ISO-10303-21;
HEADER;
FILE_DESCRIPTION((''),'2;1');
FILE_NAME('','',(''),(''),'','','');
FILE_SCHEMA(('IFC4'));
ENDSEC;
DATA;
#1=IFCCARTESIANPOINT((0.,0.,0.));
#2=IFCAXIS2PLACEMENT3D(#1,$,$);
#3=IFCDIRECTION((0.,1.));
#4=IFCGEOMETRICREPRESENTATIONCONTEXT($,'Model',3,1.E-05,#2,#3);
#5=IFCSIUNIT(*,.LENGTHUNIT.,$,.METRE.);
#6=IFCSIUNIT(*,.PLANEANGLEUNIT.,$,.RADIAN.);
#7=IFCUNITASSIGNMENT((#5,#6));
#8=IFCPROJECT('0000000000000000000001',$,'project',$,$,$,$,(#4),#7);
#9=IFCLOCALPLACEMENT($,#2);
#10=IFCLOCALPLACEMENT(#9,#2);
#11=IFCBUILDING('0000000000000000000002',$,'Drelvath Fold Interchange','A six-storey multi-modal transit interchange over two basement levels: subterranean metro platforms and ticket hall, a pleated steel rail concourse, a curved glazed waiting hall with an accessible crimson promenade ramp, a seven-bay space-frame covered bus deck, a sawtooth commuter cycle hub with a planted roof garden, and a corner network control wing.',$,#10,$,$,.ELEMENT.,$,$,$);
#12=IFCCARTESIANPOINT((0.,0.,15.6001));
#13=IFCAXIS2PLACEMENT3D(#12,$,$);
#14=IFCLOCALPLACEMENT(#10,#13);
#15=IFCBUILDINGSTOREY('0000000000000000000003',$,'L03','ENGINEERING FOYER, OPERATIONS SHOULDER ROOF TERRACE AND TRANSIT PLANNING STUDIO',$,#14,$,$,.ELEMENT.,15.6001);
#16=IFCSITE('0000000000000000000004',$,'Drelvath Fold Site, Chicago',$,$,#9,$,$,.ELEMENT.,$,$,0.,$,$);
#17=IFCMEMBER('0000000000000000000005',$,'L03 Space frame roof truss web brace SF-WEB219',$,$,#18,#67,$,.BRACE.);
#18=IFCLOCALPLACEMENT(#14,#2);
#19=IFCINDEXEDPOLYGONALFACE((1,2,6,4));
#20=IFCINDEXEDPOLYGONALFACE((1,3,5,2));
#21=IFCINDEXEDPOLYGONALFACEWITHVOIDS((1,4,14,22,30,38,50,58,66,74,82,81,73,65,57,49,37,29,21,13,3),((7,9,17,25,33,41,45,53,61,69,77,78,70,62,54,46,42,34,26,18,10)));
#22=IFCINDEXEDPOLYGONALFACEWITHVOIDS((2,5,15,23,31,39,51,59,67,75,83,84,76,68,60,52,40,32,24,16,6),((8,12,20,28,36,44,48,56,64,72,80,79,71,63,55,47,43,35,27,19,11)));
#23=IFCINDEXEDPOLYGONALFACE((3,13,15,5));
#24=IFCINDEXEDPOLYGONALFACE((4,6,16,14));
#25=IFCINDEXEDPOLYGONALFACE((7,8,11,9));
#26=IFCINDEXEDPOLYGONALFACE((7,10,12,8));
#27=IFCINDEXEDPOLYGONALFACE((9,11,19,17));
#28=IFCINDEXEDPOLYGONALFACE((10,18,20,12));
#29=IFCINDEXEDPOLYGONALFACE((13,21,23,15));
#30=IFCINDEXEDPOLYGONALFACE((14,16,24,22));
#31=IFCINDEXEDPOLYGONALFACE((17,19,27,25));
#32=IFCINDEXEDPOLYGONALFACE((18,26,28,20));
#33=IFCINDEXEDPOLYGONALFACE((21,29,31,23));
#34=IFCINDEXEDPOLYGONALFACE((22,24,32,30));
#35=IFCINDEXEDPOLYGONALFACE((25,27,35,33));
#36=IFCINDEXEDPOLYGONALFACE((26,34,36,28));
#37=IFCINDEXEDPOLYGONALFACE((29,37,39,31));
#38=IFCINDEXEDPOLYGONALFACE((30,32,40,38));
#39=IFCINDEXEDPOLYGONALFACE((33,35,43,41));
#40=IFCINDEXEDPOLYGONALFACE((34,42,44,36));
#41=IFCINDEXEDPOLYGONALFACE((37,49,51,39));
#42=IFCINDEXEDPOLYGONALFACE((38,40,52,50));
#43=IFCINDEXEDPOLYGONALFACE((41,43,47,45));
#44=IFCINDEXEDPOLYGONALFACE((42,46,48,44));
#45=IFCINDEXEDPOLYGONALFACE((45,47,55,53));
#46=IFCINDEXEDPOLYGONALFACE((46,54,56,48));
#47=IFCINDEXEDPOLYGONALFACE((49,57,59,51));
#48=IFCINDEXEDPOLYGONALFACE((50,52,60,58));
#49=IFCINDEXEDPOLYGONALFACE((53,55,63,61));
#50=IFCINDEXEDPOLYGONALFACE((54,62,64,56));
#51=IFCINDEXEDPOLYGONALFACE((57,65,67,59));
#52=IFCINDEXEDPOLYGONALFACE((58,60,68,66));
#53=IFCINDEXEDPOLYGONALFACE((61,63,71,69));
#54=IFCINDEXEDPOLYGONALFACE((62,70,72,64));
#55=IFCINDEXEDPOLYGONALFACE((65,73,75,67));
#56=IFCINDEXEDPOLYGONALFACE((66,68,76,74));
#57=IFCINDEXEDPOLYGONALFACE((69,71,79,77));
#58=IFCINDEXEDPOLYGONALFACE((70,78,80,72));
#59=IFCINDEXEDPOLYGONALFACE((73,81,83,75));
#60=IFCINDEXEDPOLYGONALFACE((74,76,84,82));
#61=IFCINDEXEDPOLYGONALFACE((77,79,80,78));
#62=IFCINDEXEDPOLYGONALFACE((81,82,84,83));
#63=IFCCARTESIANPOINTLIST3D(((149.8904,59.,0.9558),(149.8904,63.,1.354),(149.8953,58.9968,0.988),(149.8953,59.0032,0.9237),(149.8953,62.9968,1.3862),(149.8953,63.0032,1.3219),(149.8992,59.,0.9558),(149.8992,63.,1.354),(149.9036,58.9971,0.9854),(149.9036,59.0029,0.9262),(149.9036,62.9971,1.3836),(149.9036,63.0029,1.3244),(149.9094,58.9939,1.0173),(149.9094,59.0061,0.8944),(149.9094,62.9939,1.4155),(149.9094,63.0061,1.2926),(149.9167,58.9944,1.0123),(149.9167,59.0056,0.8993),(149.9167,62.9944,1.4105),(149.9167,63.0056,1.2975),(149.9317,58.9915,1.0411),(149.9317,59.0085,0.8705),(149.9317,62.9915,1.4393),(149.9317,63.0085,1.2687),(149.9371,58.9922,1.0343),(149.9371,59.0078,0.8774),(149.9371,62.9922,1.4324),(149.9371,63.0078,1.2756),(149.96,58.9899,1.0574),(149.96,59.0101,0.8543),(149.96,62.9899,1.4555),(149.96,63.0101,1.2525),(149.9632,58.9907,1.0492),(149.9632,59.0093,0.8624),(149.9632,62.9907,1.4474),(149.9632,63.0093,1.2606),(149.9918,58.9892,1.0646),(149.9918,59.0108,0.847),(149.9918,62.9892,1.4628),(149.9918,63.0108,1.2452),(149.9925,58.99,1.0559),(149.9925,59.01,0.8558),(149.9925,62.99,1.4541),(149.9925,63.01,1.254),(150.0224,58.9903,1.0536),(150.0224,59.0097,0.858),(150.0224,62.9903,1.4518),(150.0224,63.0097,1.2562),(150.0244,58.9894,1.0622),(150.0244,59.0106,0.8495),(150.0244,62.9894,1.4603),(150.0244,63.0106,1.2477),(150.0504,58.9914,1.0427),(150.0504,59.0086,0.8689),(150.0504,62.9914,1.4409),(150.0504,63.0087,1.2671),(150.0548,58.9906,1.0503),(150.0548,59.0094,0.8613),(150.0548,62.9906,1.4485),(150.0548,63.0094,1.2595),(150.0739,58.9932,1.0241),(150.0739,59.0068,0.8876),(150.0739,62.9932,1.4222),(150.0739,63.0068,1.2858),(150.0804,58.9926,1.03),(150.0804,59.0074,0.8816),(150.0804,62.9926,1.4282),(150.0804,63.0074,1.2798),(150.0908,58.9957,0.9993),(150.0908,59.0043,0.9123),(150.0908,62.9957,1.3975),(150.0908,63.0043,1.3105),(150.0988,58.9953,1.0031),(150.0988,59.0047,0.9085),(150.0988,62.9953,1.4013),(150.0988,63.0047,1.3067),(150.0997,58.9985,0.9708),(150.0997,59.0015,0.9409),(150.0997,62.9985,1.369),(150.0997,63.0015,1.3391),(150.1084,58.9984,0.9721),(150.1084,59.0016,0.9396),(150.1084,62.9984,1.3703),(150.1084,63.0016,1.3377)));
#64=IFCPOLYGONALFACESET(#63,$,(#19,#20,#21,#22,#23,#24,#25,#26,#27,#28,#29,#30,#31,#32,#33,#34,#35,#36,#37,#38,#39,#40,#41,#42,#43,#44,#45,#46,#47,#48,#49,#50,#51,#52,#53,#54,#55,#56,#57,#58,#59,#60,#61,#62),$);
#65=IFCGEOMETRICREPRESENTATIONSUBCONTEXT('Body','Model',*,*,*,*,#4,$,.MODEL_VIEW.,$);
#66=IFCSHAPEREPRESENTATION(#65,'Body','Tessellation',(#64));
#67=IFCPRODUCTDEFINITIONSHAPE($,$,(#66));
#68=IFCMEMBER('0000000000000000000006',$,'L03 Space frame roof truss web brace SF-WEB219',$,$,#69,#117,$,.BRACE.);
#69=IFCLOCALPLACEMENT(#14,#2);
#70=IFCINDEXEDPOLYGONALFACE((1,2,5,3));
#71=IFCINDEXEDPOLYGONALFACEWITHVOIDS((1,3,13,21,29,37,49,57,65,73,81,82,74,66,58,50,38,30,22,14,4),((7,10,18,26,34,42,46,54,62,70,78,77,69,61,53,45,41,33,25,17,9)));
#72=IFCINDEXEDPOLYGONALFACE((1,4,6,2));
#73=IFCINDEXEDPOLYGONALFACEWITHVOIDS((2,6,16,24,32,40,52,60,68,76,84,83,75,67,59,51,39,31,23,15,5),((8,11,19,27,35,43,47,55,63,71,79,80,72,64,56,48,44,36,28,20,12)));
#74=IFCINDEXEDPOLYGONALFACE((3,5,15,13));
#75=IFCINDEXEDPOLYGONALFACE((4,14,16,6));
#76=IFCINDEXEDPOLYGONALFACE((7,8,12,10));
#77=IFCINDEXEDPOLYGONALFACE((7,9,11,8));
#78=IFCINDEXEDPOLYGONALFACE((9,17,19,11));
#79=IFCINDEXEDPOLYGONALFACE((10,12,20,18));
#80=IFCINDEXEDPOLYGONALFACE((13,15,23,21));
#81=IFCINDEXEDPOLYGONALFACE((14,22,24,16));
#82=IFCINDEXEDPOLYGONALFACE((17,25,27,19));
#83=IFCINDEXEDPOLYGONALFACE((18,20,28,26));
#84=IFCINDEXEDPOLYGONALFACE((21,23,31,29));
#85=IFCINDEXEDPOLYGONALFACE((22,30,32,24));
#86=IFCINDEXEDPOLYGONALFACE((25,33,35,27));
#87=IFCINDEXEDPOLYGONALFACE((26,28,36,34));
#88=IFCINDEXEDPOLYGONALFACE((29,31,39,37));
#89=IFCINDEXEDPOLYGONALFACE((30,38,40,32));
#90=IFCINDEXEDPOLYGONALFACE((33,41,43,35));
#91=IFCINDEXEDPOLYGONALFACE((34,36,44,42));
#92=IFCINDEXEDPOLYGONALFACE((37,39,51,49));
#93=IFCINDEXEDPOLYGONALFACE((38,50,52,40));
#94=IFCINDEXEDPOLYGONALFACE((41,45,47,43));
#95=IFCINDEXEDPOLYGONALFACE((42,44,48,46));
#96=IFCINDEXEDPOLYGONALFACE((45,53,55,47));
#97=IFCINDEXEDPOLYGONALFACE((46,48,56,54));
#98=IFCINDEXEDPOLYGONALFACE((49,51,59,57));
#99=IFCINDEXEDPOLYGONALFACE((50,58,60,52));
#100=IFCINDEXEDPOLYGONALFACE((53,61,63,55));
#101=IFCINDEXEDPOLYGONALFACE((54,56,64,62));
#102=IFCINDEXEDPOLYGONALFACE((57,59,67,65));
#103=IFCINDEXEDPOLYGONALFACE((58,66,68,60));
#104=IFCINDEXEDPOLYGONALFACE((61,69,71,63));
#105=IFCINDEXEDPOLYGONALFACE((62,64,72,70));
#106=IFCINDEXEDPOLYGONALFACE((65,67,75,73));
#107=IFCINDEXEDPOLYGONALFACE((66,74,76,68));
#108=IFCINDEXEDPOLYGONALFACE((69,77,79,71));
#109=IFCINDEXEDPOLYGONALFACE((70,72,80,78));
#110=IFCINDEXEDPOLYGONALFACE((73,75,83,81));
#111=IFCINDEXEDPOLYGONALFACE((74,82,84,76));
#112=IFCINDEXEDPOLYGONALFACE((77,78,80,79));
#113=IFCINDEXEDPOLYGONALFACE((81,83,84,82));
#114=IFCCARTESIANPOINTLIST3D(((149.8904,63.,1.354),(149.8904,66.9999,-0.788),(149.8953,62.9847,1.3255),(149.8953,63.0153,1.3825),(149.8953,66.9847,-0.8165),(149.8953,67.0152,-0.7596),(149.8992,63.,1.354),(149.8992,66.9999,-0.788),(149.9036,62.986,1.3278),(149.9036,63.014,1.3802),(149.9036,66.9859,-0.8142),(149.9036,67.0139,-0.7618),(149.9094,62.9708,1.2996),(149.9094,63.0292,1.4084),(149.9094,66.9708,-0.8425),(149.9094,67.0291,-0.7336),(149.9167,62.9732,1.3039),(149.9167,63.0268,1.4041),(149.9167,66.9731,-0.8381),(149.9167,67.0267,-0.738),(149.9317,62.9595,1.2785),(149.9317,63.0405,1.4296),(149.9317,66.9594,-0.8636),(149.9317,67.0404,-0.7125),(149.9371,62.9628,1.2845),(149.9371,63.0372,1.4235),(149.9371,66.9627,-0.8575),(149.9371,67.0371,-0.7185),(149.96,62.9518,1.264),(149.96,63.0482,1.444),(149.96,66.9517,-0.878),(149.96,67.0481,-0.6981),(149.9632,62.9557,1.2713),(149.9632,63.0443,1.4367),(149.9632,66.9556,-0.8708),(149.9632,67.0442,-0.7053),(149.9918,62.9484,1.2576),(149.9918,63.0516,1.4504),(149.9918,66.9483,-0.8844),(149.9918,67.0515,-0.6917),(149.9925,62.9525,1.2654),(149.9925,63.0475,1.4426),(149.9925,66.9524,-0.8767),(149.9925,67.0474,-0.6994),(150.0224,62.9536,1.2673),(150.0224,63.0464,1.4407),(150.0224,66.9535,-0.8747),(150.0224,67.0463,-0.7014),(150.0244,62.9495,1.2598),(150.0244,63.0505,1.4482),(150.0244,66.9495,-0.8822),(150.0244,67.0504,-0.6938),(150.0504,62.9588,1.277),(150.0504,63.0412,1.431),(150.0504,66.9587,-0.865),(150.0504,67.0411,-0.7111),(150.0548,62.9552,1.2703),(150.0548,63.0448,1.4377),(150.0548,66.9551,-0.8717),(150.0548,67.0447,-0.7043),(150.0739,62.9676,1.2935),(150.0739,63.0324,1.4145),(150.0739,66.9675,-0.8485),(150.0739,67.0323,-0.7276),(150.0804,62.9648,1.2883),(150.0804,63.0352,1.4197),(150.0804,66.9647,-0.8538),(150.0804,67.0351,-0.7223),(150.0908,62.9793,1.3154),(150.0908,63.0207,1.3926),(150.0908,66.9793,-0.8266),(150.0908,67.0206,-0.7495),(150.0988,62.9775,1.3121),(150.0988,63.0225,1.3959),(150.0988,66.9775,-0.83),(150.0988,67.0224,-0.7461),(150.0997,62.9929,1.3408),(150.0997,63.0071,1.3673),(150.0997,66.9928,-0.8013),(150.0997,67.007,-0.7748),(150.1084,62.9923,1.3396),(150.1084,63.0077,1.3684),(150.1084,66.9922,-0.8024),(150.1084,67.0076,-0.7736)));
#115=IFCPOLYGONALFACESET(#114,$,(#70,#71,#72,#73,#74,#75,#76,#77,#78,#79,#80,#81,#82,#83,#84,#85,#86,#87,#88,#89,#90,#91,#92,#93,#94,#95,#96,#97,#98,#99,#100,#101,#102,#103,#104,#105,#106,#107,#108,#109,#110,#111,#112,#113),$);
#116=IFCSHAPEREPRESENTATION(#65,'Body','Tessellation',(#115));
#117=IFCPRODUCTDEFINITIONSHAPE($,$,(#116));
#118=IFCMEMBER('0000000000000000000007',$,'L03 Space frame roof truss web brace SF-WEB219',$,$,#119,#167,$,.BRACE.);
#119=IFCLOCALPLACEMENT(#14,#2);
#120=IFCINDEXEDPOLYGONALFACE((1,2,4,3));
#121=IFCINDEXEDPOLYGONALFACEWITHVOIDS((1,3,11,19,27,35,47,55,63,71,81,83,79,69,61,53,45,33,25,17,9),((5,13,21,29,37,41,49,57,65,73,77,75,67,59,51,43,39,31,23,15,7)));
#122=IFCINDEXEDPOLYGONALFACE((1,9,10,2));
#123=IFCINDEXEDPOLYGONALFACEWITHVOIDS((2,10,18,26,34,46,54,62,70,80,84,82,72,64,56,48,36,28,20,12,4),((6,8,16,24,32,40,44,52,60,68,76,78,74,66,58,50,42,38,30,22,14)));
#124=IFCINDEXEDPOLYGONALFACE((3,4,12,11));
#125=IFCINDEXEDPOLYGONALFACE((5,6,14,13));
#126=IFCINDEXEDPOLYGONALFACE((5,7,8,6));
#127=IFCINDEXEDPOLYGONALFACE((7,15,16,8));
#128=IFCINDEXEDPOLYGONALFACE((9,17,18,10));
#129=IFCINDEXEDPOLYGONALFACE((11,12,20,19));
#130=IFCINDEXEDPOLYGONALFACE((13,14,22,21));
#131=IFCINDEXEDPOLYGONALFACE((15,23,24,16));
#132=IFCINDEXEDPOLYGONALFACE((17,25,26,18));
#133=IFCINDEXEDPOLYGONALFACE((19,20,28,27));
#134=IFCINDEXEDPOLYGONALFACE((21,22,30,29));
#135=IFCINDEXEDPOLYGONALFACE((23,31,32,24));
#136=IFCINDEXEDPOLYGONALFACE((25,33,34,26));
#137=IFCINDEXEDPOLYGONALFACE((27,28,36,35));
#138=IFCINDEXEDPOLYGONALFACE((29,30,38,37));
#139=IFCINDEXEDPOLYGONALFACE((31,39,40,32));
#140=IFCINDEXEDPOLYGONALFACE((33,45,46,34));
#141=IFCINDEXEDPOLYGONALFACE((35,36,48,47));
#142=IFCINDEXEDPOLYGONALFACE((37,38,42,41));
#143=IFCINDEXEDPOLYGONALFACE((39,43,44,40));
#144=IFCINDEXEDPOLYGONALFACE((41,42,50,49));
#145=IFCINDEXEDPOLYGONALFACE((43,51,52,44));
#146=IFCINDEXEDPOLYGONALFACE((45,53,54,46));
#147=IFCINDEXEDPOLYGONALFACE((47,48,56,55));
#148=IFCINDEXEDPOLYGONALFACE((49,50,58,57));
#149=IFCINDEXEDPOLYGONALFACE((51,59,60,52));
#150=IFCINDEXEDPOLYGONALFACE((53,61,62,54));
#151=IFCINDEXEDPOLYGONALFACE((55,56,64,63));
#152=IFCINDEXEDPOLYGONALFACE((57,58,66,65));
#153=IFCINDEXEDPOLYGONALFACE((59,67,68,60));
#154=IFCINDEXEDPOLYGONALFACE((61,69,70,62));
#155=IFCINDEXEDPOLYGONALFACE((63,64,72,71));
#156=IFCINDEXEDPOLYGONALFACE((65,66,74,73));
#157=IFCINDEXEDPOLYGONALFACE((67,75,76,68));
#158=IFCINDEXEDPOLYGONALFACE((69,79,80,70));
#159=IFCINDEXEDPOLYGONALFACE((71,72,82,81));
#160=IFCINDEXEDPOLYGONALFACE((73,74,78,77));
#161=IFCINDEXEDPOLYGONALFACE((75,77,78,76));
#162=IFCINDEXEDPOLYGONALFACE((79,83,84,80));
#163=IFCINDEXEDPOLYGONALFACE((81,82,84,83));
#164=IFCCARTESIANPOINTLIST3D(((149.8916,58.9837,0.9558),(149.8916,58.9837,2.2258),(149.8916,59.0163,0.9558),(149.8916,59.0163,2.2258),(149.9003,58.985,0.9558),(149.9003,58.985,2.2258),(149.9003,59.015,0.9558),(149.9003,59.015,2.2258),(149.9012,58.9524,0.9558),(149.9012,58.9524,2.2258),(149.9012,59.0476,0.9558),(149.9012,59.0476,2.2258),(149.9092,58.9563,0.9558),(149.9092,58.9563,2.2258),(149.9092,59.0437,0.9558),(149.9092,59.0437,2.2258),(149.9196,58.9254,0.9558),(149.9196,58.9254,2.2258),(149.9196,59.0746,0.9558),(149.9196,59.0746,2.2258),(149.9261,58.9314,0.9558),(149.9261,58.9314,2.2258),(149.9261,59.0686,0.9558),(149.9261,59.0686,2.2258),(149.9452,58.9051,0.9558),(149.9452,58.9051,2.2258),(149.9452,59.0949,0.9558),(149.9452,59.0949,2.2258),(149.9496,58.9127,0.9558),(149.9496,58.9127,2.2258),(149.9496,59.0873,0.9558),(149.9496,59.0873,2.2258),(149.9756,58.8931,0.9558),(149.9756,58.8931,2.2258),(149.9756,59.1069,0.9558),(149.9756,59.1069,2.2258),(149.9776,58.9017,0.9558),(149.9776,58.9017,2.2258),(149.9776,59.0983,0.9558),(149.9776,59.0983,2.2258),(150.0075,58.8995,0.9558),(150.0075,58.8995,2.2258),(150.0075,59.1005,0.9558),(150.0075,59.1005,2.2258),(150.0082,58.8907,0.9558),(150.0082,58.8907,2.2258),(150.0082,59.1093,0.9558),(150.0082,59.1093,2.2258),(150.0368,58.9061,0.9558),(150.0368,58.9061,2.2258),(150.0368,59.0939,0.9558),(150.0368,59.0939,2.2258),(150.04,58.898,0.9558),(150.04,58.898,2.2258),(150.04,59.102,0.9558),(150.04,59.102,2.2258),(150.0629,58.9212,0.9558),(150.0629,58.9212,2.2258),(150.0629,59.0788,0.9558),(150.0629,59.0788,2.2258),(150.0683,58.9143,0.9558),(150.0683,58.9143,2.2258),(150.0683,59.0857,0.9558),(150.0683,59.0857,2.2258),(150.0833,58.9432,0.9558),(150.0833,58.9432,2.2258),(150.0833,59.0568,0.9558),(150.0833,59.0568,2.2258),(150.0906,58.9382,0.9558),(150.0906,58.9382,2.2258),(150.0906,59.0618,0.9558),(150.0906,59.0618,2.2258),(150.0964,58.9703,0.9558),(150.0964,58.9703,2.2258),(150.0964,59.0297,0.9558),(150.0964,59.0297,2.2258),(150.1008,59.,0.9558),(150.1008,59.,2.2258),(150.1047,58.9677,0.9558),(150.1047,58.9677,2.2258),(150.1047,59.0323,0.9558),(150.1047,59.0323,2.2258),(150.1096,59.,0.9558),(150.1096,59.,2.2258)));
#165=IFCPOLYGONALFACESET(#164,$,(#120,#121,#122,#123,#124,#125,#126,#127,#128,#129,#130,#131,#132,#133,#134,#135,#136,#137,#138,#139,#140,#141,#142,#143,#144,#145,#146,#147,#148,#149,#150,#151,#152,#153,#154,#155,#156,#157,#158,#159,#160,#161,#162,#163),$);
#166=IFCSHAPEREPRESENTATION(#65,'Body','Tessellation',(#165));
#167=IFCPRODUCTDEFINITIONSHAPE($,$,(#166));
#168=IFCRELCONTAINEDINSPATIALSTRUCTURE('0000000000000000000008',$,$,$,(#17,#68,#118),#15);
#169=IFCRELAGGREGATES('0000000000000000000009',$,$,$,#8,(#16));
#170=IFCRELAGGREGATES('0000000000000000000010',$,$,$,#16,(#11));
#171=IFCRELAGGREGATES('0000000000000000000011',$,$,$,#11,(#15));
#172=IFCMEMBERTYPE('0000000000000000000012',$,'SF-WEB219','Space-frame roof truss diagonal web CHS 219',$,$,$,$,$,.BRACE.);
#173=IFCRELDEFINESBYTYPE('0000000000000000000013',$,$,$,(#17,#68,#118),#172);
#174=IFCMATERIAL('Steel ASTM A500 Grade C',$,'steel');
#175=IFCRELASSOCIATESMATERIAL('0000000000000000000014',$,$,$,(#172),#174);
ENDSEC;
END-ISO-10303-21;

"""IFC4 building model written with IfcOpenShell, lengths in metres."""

from ifc_helpers import new_model, si_unit, direction, frame, origin, origin_2d, place, context, subcontext, project, spatial, hollow_circle, extrude, material, material_profile, profile_set, type_object, element, save


model = new_model("IFC4")

# Units and contexts
model_context = context("Model", 3, precision=1e-05, world=origin(), true_north=direction((0.0, 1.0)))
body_context = subcontext(model_context, "Body", "Model", "MODEL_VIEW")
ifc_project = project(units=[si_unit("LENGTHUNIT", "METRE"), si_unit("PLANEANGLEUNIT", "RADIAN")], contexts=[model_context])

# Site, building, storey
site_placement = place(None, origin())
site = spatial("IfcSite", under=ifc_project, at=site_placement, Name="Drelvath Fold Site, Chicago", CompositionType="ELEMENT", RefElevation=0.0)
building_placement = place(site_placement, origin())
building = spatial("IfcBuilding", under=site, at=building_placement, Name="Drelvath Fold Interchange", Description="A six-storey multi-modal transit interchange over two basement levels: subterranean metro platforms and ticket hall, a pleated steel rail concourse, a curved glazed waiting hall with an accessible crimson promenade ramp, a seven-bay space-frame covered bus deck, a sawtooth commuter cycle hub with a planted roof garden, and a corner network control wing.", CompositionType="ELEMENT")
storey_placement = place(building_placement, frame((0.0, 0.0, 15.6001)))
storey = spatial("IfcBuildingStorey", under=building, at=storey_placement, Name="L03", Description="ENGINEERING FOYER, OPERATIONS SHOULDER ROOF TERRACE AND TRANSIT PLANNING STUDIO", CompositionType="ELEMENT", Elevation=15.6001)

# Shared definitions
ifc_material_1 = material(Name="Steel ASTM A500 Grade C", Category="steel")

# Members
ifc_material_profile_1 = material_profile(ifc_material_1, hollow_circle(Radius=0.1096, WallThickness=0.0088, at=origin_2d()), Name="HSS8.625X0.375")
ifc_profile_set_1 = profile_set([ifc_material_profile_1], Name="Steel ASTM A500 Grade C")
member_type_1 = type_object("IfcMemberType", Name="SF-WEB219", Description="Space-frame roof truss diagonal web CHS 219", PredefinedType="BRACE", material=ifc_profile_set_1)
member_1_placement = place(storey_placement, frame((150.0, 59.0, 0.9558), z_axis=(0.0, 0.995082, 0.099059), x_axis=(-1.0, 0.0, 0.0)))
element("IfcMember", 1, at=member_1_placement, inside=storey, type_object=member_type_1, Name="L03 Space frame roof truss web brace SF-WEB219", PredefinedType="BRACE", context=body_context, shape_type="SweptSolid", body=[
    extrude(hollow_circle(Radius=0.1096, WallThickness=0.0088, at=origin_2d()), origin(), (0.0, 0.0, 1.0), 4.0198),
])
member_2_placement = place(storey_placement, frame((150.0, 63.0, 1.354), z_axis=(0.0, 0.88155, -0.47209), x_axis=(-1.0, 0.0, 0.0)))
element("IfcMember", 2, at=member_2_placement, inside=storey, type_object=member_type_1, Name="L03 Space frame roof truss web brace SF-WEB219", PredefinedType="BRACE", context=body_context, shape_type="SweptSolid", body=[
    extrude(hollow_circle(Radius=0.1096, WallThickness=0.0088, at=origin_2d()), origin(), (0.0, 0.0, 1.0), 4.5374),
])
member_3_placement = place(storey_placement, frame((150.0, 59.0, 0.9558), z_axis=(0.0, 0.0, 1.0), x_axis=(1.0, 0.0, 0.0)))
element("IfcMember", 3, at=member_3_placement, inside=storey, type_object=member_type_1, Name="L03 Space frame roof truss web brace SF-WEB219", PredefinedType="BRACE", context=body_context, shape_type="SweptSolid", body=[
    extrude(hollow_circle(Radius=0.1096, WallThickness=0.0088, at=origin_2d()), origin(), (0.0, 0.0, 1.0), 1.27),
])

save(model, "model.ifc")
